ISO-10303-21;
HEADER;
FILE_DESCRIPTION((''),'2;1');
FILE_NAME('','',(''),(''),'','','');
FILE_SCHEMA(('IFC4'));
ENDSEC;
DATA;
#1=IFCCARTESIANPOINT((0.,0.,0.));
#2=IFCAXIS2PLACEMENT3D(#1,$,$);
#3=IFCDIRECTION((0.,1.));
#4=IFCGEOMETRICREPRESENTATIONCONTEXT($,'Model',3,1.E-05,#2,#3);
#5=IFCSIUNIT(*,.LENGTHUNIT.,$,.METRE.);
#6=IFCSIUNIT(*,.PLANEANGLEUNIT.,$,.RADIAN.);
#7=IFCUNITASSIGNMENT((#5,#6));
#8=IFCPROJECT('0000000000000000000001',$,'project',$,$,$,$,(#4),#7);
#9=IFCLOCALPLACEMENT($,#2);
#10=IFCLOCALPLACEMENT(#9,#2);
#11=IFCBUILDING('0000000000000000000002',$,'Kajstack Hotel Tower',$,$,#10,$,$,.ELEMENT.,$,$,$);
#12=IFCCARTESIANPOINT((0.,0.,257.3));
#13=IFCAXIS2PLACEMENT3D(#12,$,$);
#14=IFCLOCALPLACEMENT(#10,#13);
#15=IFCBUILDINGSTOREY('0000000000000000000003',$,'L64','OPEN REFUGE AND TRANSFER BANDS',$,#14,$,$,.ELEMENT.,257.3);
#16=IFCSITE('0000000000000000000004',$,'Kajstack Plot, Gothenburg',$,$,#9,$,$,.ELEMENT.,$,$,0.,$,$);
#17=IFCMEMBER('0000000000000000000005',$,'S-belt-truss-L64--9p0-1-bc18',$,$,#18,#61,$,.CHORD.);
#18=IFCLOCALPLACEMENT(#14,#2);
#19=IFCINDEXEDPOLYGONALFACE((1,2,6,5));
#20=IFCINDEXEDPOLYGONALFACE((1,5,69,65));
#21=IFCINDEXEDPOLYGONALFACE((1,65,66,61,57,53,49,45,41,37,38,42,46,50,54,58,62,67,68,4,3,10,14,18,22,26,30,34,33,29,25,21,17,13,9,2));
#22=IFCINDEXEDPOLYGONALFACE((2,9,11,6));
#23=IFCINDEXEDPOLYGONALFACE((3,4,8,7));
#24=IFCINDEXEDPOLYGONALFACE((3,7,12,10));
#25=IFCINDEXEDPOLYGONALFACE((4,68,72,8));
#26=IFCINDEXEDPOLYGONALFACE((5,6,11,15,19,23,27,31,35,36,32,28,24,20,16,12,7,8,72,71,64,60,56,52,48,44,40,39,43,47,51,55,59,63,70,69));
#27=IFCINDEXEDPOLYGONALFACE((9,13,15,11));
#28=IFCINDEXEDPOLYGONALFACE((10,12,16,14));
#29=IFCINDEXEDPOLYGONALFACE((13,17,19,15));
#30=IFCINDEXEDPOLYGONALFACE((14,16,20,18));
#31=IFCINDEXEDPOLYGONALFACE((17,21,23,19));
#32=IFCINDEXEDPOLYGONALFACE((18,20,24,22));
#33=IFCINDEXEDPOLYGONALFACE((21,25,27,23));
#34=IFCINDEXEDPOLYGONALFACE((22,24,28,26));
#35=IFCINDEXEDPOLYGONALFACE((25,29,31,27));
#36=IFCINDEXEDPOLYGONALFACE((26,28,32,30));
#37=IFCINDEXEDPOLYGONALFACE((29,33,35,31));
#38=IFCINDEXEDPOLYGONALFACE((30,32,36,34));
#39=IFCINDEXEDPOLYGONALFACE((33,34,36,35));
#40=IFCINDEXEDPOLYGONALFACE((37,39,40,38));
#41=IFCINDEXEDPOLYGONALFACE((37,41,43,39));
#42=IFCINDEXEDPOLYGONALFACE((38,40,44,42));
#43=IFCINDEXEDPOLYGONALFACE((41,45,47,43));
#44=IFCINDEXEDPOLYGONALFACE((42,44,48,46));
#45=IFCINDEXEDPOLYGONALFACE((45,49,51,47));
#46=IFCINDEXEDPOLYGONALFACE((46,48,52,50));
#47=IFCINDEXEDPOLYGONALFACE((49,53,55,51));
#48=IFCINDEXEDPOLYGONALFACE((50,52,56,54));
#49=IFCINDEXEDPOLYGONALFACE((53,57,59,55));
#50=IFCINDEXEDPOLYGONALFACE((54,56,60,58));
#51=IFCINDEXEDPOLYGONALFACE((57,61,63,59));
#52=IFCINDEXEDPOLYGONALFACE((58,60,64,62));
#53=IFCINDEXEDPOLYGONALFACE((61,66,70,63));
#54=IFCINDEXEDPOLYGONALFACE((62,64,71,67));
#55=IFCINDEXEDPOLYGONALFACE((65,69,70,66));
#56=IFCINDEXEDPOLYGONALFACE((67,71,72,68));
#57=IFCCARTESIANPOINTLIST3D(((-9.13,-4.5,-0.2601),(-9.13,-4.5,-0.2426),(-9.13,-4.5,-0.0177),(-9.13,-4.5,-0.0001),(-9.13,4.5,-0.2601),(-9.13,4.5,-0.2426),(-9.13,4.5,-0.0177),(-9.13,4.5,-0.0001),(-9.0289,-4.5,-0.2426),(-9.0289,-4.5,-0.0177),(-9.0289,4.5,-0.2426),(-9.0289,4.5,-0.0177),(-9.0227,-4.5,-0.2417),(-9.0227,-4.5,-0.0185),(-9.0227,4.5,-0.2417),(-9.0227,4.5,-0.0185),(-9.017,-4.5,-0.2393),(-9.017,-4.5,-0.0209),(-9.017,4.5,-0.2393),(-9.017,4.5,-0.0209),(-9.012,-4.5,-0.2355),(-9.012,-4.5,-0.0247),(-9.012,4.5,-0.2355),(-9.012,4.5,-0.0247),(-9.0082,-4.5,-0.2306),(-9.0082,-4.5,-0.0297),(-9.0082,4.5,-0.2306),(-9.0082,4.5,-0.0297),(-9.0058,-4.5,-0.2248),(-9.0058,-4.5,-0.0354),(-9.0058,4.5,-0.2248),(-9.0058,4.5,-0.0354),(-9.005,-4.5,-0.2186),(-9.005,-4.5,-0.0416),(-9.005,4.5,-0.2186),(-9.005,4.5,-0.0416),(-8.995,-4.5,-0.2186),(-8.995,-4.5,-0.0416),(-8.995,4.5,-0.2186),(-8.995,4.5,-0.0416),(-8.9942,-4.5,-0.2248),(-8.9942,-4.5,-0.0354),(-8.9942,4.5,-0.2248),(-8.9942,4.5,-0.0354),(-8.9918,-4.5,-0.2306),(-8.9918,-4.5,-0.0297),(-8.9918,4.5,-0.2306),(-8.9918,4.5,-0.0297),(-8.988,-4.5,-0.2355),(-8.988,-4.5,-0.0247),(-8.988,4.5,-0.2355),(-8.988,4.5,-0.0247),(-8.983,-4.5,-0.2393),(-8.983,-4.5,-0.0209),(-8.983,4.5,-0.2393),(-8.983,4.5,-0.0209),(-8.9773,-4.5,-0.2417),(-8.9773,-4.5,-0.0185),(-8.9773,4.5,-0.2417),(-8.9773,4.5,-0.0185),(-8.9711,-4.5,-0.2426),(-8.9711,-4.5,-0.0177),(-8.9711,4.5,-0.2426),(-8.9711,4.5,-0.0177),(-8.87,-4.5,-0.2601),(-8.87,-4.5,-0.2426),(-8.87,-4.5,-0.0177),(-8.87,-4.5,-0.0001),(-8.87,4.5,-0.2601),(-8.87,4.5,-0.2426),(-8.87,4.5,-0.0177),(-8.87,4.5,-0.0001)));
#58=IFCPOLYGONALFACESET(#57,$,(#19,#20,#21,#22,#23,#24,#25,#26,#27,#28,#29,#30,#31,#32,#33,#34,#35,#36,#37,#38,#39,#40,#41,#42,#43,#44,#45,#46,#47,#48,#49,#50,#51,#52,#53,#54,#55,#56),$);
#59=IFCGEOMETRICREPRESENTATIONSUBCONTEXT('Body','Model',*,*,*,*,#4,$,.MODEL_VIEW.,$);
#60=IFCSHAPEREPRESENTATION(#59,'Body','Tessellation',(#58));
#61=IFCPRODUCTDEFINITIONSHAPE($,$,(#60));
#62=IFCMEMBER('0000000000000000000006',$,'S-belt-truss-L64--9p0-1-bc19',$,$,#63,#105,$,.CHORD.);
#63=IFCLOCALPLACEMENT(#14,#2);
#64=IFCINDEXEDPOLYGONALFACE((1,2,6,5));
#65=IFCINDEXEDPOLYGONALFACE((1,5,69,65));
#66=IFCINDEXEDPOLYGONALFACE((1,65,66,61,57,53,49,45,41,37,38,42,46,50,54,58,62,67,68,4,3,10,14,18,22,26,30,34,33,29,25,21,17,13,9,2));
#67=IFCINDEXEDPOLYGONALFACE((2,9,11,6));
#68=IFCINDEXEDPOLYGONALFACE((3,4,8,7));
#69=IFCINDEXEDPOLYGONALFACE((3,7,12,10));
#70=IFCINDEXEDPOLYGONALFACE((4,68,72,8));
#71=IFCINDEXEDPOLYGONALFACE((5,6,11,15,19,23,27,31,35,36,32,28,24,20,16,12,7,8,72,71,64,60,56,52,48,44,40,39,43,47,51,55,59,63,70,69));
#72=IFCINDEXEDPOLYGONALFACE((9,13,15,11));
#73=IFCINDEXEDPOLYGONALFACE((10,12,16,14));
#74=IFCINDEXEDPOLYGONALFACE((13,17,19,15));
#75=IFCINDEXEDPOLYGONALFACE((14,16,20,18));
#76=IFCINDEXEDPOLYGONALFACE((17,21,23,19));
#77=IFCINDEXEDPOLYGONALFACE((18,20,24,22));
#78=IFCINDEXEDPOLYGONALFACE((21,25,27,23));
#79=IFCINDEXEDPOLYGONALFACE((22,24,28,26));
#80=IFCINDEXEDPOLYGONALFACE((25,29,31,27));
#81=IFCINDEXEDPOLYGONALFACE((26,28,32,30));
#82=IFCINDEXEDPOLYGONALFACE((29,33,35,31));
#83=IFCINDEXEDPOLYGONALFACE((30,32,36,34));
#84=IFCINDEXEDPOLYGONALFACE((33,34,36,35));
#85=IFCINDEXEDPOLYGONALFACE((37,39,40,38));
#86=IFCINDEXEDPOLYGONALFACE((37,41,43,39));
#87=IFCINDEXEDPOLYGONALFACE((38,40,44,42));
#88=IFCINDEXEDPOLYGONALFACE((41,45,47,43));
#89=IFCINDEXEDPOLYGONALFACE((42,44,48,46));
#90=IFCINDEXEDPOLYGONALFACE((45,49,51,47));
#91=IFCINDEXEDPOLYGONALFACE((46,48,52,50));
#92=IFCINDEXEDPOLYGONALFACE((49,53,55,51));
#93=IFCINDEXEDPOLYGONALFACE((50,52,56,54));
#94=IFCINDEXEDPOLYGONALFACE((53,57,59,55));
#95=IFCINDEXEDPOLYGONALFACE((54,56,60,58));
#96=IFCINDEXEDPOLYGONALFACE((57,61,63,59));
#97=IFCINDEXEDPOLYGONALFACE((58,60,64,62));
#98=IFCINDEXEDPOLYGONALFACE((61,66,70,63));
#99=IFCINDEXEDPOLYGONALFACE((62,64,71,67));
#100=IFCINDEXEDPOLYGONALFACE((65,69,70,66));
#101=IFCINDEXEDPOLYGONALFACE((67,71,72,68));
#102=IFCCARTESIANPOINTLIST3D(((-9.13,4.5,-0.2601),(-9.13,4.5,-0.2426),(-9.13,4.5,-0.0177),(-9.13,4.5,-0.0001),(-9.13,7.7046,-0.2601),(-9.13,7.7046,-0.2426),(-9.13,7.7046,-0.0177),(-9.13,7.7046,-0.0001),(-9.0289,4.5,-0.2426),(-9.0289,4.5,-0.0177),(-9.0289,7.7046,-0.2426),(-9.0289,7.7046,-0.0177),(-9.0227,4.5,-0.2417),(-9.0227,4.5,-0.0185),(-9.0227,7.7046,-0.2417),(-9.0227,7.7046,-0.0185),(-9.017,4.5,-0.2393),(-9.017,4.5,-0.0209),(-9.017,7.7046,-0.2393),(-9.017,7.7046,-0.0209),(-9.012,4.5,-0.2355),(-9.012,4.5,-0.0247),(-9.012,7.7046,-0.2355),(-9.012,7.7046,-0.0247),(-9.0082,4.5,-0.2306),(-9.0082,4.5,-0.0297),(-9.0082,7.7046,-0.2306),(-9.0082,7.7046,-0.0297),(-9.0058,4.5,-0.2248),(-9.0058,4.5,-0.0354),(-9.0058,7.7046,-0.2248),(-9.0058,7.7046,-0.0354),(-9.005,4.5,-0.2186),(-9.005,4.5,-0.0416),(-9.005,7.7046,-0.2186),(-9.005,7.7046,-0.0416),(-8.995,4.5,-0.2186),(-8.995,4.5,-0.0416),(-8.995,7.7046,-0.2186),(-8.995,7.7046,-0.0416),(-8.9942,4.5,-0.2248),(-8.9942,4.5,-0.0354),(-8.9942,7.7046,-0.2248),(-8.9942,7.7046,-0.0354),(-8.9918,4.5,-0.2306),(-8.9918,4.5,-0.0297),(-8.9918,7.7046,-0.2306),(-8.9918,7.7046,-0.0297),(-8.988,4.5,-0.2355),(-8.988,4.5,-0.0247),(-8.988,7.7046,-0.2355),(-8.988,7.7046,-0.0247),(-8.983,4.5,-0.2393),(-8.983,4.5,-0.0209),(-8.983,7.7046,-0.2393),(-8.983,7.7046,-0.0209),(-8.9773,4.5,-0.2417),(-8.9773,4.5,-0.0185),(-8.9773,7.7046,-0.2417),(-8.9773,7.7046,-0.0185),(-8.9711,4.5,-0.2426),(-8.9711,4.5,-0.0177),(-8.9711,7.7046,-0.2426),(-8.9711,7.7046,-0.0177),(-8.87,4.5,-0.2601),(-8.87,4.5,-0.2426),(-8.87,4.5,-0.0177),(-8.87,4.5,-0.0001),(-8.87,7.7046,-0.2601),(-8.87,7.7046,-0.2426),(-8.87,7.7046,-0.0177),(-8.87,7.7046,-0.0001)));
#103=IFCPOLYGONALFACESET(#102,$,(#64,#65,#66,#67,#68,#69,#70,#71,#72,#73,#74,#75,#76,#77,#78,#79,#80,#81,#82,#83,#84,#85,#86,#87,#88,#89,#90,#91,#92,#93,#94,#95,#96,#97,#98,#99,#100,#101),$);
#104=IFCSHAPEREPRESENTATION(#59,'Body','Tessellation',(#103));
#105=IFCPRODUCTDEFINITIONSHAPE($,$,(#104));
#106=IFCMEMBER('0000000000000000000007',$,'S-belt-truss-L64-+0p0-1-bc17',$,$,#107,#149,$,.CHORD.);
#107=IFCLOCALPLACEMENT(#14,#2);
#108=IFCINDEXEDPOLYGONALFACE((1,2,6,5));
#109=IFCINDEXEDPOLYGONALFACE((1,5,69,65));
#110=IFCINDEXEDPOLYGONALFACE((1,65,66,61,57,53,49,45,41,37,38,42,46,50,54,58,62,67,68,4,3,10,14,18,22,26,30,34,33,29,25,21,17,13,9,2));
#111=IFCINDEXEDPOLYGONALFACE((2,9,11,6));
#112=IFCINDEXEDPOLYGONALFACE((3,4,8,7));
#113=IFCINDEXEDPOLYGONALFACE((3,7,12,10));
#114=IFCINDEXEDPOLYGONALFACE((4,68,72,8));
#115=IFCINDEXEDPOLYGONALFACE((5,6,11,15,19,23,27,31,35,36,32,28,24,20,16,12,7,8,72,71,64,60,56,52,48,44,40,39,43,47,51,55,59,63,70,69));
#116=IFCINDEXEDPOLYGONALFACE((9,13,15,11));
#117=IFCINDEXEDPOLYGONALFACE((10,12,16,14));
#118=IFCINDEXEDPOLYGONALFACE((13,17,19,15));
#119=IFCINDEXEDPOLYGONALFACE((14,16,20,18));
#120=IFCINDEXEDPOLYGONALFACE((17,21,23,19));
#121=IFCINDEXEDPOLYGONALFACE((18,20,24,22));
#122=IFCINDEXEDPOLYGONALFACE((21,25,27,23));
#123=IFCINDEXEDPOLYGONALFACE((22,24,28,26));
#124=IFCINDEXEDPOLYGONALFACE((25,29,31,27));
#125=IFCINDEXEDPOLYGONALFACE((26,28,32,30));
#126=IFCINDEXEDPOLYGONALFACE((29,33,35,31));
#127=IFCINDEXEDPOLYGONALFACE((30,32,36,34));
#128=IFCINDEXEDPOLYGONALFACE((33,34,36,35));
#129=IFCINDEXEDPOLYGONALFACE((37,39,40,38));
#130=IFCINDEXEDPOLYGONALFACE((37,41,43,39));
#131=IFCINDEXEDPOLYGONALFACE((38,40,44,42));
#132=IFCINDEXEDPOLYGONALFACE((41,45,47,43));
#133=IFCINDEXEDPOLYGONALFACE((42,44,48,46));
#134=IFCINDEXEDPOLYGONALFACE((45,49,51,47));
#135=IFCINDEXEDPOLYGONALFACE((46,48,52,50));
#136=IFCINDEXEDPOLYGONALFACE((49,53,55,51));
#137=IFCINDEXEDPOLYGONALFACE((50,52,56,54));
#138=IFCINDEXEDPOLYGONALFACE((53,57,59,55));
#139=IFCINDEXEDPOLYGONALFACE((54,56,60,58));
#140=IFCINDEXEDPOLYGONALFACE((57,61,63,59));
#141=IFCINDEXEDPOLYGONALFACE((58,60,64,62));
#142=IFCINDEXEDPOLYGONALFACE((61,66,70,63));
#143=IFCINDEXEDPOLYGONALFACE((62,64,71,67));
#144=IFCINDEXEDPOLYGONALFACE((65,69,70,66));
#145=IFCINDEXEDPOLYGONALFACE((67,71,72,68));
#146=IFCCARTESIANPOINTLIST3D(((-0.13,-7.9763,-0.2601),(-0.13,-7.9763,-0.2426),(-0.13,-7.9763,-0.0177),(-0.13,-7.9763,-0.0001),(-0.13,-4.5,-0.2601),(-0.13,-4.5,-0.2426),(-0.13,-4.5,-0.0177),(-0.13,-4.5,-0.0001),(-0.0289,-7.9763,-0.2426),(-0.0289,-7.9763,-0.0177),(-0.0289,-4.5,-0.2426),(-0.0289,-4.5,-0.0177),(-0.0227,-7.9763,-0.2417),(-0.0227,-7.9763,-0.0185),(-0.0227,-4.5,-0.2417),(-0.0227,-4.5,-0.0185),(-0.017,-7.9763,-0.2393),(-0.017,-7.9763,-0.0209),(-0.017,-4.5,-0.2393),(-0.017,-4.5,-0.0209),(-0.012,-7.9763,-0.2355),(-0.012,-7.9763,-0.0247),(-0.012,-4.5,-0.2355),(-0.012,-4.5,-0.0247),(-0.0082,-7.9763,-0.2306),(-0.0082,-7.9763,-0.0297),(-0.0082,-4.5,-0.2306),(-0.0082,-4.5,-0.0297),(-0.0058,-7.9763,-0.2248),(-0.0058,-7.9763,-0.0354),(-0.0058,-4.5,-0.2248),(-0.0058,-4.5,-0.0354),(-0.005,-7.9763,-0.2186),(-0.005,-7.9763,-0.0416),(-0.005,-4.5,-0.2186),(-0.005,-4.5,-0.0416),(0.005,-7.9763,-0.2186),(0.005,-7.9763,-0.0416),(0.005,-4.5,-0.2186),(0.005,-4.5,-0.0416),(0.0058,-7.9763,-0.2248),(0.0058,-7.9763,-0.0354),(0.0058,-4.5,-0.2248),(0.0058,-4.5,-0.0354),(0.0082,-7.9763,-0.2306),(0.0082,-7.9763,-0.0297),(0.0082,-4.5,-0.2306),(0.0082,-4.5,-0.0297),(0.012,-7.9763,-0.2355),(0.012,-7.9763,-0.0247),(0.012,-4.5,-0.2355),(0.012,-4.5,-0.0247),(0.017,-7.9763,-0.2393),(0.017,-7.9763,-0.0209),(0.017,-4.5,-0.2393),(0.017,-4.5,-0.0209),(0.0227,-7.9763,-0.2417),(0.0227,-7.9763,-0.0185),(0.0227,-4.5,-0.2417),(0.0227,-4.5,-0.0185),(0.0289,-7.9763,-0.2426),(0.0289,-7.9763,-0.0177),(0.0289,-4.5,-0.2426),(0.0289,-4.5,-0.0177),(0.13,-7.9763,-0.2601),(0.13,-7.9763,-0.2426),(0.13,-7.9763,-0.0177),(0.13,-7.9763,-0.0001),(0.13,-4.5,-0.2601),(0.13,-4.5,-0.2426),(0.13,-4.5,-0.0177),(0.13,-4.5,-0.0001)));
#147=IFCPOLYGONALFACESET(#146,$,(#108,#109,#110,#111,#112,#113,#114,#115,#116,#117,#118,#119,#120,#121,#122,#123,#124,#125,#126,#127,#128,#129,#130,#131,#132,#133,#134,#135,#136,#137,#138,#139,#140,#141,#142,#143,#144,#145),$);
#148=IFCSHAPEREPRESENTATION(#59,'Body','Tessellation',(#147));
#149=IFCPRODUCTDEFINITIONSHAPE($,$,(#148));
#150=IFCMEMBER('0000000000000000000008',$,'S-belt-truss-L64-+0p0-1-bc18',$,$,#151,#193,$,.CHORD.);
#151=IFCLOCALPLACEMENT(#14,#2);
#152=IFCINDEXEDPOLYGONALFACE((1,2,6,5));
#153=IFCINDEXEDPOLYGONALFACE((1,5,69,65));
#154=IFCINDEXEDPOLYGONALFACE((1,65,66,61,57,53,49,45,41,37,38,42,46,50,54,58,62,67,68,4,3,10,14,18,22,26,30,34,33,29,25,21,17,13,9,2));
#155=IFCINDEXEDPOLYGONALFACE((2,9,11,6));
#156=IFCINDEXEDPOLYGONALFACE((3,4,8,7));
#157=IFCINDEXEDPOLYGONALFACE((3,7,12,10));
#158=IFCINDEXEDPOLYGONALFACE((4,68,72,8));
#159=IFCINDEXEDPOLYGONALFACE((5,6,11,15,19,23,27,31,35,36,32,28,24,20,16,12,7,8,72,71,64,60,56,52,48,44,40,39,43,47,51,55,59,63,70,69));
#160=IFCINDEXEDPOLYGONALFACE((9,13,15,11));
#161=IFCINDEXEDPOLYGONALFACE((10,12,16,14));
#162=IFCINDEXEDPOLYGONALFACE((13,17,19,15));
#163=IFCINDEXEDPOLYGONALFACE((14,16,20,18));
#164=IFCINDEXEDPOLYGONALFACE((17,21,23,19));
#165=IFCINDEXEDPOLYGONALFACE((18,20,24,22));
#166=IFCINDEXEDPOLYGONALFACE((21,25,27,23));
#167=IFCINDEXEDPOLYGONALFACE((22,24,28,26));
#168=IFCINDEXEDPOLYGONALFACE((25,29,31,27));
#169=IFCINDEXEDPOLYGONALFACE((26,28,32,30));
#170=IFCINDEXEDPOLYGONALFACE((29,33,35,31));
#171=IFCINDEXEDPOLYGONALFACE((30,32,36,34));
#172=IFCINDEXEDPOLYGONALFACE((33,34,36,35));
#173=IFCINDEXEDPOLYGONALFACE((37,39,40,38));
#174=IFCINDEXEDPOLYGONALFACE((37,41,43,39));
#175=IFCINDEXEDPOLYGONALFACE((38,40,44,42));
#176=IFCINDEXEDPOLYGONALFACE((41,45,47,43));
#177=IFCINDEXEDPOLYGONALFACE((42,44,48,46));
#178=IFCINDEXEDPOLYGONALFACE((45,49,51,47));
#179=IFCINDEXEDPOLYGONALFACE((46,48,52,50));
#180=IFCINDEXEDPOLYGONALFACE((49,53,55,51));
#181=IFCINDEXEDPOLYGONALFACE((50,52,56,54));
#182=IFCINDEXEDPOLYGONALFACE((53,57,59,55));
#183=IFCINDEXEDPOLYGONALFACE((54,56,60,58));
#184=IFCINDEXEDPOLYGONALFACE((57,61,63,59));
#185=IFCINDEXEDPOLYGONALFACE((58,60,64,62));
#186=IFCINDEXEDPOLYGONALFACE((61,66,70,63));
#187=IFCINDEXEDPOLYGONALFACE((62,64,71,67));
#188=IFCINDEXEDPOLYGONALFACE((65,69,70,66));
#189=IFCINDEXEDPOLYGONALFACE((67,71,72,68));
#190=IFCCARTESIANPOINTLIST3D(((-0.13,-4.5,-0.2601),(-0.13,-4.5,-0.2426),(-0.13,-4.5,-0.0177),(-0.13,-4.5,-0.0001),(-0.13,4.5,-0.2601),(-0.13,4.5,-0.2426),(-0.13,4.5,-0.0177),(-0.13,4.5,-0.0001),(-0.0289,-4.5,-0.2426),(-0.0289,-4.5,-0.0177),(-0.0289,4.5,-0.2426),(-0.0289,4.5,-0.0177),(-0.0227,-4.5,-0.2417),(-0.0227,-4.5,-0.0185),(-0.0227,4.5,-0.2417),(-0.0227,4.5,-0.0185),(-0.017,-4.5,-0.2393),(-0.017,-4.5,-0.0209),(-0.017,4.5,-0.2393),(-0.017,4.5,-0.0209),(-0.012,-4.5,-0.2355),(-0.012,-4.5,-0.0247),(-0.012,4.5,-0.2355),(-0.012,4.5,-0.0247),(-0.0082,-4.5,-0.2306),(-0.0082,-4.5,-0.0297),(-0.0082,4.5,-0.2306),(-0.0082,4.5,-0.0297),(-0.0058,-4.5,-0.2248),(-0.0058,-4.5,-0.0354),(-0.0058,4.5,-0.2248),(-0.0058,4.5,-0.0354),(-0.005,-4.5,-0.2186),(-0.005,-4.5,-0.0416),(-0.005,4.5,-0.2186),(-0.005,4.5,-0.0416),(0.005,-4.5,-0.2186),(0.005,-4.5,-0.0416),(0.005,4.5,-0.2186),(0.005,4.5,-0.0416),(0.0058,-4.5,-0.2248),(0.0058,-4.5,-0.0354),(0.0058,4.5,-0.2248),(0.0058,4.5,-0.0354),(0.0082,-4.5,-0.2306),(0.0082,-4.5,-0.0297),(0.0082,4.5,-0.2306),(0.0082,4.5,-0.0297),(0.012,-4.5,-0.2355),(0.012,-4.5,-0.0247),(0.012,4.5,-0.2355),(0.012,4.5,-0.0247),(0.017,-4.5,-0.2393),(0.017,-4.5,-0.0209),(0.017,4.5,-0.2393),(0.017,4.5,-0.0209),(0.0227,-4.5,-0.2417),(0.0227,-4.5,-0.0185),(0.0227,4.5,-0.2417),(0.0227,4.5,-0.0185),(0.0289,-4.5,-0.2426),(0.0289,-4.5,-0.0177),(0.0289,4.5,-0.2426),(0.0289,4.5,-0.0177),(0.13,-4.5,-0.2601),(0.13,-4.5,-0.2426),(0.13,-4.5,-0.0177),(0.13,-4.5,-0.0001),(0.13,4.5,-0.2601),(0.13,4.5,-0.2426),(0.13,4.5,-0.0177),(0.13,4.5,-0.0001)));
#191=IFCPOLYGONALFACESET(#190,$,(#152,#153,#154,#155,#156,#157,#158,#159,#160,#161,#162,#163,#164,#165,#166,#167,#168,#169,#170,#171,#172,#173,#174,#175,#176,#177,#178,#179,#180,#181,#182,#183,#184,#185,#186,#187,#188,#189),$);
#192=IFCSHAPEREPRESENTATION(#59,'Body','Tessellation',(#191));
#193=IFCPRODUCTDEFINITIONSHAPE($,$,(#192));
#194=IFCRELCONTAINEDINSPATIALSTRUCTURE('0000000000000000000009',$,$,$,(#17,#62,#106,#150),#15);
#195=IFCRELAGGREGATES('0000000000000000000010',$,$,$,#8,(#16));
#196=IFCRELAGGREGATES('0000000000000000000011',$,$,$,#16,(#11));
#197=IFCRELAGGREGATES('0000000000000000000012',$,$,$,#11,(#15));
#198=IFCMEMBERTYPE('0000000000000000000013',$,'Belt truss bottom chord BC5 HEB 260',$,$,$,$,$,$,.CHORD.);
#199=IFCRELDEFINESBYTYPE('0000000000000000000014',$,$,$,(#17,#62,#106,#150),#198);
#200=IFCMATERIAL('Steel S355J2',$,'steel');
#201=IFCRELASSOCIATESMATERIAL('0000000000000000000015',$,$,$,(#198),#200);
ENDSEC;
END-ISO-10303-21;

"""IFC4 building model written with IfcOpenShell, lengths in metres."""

from ifc_helpers import new_model, si_unit, direction, frame, origin, origin_2d, place, context, subcontext, project, spatial, i_section, extrude, material, material_profile, profile_set, type_object, element, save


model = new_model("IFC4")

# Units and contexts
model_context = context("Model", 3, precision=1e-05, world=origin(), true_north=direction((0.0, 1.0)))
body_context = subcontext(model_context, "Body", "Model", "MODEL_VIEW")
ifc_project = project(units=[si_unit("LENGTHUNIT", "METRE"), si_unit("PLANEANGLEUNIT", "RADIAN")], contexts=[model_context])

# Site, building, storey
site_placement = place(None, origin())
site = spatial("IfcSite", under=ifc_project, at=site_placement, Name="Kajstack Plot, Gothenburg", CompositionType="ELEMENT", RefElevation=0.0)
building_placement = place(site_placement, origin())
building = spatial("IfcBuilding", under=site, at=building_placement, Name="Kajstack Hotel Tower", CompositionType="ELEMENT")
storey_placement = place(building_placement, frame((0.0, 0.0, 257.3)))
storey = spatial("IfcBuildingStorey", under=building, at=storey_placement, Name="L64", Description="OPEN REFUGE AND TRANSFER BANDS", CompositionType="ELEMENT", Elevation=257.3)

# Members
ifc_material_1 = material(Name="Steel S355J2", Category="steel")
ifc_material_profile_1 = material_profile(ifc_material_1, i_section(OverallWidth=0.26, OverallDepth=0.26, WebThickness=0.01, FlangeThickness=0.0176, FilletRadius=0.0239, at=origin_2d()), Name="HEB 260")
ifc_profile_set_1 = profile_set([ifc_material_profile_1], Name="Steel S355J2")
member_type_1 = type_object("IfcMemberType", Name="Belt truss bottom chord BC5 HEB 260", PredefinedType="CHORD", material=ifc_profile_set_1)
member_1_placement = place(storey_placement, frame((-9.0, -4.5, -0.1301), z_axis=(0.0, 1.0, 0.0), x_axis=(-1.0, 0.0, 0.0)))
element("IfcMember", 1, at=member_1_placement, inside=storey, type_object=member_type_1, Name="S-belt-truss-L64--9p0-1-bc18", PredefinedType="CHORD", context=body_context, shape_type="SweptSolid", body=[
    extrude(i_section(OverallWidth=0.26, OverallDepth=0.26, WebThickness=0.01, FlangeThickness=0.0176, FilletRadius=0.0239, at=origin_2d()), origin(), (0.0, 0.0, 1.0), 9.0),
])
member_2_placement = place(storey_placement, frame((-9.0, 4.5, -0.1301), z_axis=(0.0, 1.0, 0.0), x_axis=(-1.0, 0.0, 0.0)))
element("IfcMember", 2, at=member_2_placement, inside=storey, type_object=member_type_1, Name="S-belt-truss-L64--9p0-1-bc19", PredefinedType="CHORD", context=body_context, shape_type="SweptSolid", body=[
    extrude(i_section(OverallWidth=0.26, OverallDepth=0.26, WebThickness=0.01, FlangeThickness=0.0176, FilletRadius=0.0239, at=origin_2d()), origin(), (0.0, 0.0, 1.0), 3.2046),
])
member_3_placement = place(storey_placement, frame((0.0, -7.9763, -0.1301), z_axis=(0.0, 1.0, 0.0), x_axis=(-1.0, 0.0, 0.0)))
element("IfcMember", 3, at=member_3_placement, inside=storey, type_object=member_type_1, Name="S-belt-truss-L64-+0p0-1-bc17", PredefinedType="CHORD", context=body_context, shape_type="SweptSolid", body=[
    extrude(i_section(OverallWidth=0.26, OverallDepth=0.26, WebThickness=0.01, FlangeThickness=0.0176, FilletRadius=0.0239, at=origin_2d()), origin(), (0.0, 0.0, 1.0), 3.4763),
])
member_4_placement = place(storey_placement, frame((0.0, -4.5, -0.1301), z_axis=(0.0, 1.0, 0.0), x_axis=(-1.0, 0.0, 0.0)))
element("IfcMember", 4, at=member_4_placement, inside=storey, type_object=member_type_1, Name="S-belt-truss-L64-+0p0-1-bc18", PredefinedType="CHORD", context=body_context, shape_type="SweptSolid", body=[
    extrude(i_section(OverallWidth=0.26, OverallDepth=0.26, WebThickness=0.01, FlangeThickness=0.0176, FilletRadius=0.0239, at=origin_2d()), origin(), (0.0, 0.0, 1.0), 9.0),
])

save(model, "model.ifc")
